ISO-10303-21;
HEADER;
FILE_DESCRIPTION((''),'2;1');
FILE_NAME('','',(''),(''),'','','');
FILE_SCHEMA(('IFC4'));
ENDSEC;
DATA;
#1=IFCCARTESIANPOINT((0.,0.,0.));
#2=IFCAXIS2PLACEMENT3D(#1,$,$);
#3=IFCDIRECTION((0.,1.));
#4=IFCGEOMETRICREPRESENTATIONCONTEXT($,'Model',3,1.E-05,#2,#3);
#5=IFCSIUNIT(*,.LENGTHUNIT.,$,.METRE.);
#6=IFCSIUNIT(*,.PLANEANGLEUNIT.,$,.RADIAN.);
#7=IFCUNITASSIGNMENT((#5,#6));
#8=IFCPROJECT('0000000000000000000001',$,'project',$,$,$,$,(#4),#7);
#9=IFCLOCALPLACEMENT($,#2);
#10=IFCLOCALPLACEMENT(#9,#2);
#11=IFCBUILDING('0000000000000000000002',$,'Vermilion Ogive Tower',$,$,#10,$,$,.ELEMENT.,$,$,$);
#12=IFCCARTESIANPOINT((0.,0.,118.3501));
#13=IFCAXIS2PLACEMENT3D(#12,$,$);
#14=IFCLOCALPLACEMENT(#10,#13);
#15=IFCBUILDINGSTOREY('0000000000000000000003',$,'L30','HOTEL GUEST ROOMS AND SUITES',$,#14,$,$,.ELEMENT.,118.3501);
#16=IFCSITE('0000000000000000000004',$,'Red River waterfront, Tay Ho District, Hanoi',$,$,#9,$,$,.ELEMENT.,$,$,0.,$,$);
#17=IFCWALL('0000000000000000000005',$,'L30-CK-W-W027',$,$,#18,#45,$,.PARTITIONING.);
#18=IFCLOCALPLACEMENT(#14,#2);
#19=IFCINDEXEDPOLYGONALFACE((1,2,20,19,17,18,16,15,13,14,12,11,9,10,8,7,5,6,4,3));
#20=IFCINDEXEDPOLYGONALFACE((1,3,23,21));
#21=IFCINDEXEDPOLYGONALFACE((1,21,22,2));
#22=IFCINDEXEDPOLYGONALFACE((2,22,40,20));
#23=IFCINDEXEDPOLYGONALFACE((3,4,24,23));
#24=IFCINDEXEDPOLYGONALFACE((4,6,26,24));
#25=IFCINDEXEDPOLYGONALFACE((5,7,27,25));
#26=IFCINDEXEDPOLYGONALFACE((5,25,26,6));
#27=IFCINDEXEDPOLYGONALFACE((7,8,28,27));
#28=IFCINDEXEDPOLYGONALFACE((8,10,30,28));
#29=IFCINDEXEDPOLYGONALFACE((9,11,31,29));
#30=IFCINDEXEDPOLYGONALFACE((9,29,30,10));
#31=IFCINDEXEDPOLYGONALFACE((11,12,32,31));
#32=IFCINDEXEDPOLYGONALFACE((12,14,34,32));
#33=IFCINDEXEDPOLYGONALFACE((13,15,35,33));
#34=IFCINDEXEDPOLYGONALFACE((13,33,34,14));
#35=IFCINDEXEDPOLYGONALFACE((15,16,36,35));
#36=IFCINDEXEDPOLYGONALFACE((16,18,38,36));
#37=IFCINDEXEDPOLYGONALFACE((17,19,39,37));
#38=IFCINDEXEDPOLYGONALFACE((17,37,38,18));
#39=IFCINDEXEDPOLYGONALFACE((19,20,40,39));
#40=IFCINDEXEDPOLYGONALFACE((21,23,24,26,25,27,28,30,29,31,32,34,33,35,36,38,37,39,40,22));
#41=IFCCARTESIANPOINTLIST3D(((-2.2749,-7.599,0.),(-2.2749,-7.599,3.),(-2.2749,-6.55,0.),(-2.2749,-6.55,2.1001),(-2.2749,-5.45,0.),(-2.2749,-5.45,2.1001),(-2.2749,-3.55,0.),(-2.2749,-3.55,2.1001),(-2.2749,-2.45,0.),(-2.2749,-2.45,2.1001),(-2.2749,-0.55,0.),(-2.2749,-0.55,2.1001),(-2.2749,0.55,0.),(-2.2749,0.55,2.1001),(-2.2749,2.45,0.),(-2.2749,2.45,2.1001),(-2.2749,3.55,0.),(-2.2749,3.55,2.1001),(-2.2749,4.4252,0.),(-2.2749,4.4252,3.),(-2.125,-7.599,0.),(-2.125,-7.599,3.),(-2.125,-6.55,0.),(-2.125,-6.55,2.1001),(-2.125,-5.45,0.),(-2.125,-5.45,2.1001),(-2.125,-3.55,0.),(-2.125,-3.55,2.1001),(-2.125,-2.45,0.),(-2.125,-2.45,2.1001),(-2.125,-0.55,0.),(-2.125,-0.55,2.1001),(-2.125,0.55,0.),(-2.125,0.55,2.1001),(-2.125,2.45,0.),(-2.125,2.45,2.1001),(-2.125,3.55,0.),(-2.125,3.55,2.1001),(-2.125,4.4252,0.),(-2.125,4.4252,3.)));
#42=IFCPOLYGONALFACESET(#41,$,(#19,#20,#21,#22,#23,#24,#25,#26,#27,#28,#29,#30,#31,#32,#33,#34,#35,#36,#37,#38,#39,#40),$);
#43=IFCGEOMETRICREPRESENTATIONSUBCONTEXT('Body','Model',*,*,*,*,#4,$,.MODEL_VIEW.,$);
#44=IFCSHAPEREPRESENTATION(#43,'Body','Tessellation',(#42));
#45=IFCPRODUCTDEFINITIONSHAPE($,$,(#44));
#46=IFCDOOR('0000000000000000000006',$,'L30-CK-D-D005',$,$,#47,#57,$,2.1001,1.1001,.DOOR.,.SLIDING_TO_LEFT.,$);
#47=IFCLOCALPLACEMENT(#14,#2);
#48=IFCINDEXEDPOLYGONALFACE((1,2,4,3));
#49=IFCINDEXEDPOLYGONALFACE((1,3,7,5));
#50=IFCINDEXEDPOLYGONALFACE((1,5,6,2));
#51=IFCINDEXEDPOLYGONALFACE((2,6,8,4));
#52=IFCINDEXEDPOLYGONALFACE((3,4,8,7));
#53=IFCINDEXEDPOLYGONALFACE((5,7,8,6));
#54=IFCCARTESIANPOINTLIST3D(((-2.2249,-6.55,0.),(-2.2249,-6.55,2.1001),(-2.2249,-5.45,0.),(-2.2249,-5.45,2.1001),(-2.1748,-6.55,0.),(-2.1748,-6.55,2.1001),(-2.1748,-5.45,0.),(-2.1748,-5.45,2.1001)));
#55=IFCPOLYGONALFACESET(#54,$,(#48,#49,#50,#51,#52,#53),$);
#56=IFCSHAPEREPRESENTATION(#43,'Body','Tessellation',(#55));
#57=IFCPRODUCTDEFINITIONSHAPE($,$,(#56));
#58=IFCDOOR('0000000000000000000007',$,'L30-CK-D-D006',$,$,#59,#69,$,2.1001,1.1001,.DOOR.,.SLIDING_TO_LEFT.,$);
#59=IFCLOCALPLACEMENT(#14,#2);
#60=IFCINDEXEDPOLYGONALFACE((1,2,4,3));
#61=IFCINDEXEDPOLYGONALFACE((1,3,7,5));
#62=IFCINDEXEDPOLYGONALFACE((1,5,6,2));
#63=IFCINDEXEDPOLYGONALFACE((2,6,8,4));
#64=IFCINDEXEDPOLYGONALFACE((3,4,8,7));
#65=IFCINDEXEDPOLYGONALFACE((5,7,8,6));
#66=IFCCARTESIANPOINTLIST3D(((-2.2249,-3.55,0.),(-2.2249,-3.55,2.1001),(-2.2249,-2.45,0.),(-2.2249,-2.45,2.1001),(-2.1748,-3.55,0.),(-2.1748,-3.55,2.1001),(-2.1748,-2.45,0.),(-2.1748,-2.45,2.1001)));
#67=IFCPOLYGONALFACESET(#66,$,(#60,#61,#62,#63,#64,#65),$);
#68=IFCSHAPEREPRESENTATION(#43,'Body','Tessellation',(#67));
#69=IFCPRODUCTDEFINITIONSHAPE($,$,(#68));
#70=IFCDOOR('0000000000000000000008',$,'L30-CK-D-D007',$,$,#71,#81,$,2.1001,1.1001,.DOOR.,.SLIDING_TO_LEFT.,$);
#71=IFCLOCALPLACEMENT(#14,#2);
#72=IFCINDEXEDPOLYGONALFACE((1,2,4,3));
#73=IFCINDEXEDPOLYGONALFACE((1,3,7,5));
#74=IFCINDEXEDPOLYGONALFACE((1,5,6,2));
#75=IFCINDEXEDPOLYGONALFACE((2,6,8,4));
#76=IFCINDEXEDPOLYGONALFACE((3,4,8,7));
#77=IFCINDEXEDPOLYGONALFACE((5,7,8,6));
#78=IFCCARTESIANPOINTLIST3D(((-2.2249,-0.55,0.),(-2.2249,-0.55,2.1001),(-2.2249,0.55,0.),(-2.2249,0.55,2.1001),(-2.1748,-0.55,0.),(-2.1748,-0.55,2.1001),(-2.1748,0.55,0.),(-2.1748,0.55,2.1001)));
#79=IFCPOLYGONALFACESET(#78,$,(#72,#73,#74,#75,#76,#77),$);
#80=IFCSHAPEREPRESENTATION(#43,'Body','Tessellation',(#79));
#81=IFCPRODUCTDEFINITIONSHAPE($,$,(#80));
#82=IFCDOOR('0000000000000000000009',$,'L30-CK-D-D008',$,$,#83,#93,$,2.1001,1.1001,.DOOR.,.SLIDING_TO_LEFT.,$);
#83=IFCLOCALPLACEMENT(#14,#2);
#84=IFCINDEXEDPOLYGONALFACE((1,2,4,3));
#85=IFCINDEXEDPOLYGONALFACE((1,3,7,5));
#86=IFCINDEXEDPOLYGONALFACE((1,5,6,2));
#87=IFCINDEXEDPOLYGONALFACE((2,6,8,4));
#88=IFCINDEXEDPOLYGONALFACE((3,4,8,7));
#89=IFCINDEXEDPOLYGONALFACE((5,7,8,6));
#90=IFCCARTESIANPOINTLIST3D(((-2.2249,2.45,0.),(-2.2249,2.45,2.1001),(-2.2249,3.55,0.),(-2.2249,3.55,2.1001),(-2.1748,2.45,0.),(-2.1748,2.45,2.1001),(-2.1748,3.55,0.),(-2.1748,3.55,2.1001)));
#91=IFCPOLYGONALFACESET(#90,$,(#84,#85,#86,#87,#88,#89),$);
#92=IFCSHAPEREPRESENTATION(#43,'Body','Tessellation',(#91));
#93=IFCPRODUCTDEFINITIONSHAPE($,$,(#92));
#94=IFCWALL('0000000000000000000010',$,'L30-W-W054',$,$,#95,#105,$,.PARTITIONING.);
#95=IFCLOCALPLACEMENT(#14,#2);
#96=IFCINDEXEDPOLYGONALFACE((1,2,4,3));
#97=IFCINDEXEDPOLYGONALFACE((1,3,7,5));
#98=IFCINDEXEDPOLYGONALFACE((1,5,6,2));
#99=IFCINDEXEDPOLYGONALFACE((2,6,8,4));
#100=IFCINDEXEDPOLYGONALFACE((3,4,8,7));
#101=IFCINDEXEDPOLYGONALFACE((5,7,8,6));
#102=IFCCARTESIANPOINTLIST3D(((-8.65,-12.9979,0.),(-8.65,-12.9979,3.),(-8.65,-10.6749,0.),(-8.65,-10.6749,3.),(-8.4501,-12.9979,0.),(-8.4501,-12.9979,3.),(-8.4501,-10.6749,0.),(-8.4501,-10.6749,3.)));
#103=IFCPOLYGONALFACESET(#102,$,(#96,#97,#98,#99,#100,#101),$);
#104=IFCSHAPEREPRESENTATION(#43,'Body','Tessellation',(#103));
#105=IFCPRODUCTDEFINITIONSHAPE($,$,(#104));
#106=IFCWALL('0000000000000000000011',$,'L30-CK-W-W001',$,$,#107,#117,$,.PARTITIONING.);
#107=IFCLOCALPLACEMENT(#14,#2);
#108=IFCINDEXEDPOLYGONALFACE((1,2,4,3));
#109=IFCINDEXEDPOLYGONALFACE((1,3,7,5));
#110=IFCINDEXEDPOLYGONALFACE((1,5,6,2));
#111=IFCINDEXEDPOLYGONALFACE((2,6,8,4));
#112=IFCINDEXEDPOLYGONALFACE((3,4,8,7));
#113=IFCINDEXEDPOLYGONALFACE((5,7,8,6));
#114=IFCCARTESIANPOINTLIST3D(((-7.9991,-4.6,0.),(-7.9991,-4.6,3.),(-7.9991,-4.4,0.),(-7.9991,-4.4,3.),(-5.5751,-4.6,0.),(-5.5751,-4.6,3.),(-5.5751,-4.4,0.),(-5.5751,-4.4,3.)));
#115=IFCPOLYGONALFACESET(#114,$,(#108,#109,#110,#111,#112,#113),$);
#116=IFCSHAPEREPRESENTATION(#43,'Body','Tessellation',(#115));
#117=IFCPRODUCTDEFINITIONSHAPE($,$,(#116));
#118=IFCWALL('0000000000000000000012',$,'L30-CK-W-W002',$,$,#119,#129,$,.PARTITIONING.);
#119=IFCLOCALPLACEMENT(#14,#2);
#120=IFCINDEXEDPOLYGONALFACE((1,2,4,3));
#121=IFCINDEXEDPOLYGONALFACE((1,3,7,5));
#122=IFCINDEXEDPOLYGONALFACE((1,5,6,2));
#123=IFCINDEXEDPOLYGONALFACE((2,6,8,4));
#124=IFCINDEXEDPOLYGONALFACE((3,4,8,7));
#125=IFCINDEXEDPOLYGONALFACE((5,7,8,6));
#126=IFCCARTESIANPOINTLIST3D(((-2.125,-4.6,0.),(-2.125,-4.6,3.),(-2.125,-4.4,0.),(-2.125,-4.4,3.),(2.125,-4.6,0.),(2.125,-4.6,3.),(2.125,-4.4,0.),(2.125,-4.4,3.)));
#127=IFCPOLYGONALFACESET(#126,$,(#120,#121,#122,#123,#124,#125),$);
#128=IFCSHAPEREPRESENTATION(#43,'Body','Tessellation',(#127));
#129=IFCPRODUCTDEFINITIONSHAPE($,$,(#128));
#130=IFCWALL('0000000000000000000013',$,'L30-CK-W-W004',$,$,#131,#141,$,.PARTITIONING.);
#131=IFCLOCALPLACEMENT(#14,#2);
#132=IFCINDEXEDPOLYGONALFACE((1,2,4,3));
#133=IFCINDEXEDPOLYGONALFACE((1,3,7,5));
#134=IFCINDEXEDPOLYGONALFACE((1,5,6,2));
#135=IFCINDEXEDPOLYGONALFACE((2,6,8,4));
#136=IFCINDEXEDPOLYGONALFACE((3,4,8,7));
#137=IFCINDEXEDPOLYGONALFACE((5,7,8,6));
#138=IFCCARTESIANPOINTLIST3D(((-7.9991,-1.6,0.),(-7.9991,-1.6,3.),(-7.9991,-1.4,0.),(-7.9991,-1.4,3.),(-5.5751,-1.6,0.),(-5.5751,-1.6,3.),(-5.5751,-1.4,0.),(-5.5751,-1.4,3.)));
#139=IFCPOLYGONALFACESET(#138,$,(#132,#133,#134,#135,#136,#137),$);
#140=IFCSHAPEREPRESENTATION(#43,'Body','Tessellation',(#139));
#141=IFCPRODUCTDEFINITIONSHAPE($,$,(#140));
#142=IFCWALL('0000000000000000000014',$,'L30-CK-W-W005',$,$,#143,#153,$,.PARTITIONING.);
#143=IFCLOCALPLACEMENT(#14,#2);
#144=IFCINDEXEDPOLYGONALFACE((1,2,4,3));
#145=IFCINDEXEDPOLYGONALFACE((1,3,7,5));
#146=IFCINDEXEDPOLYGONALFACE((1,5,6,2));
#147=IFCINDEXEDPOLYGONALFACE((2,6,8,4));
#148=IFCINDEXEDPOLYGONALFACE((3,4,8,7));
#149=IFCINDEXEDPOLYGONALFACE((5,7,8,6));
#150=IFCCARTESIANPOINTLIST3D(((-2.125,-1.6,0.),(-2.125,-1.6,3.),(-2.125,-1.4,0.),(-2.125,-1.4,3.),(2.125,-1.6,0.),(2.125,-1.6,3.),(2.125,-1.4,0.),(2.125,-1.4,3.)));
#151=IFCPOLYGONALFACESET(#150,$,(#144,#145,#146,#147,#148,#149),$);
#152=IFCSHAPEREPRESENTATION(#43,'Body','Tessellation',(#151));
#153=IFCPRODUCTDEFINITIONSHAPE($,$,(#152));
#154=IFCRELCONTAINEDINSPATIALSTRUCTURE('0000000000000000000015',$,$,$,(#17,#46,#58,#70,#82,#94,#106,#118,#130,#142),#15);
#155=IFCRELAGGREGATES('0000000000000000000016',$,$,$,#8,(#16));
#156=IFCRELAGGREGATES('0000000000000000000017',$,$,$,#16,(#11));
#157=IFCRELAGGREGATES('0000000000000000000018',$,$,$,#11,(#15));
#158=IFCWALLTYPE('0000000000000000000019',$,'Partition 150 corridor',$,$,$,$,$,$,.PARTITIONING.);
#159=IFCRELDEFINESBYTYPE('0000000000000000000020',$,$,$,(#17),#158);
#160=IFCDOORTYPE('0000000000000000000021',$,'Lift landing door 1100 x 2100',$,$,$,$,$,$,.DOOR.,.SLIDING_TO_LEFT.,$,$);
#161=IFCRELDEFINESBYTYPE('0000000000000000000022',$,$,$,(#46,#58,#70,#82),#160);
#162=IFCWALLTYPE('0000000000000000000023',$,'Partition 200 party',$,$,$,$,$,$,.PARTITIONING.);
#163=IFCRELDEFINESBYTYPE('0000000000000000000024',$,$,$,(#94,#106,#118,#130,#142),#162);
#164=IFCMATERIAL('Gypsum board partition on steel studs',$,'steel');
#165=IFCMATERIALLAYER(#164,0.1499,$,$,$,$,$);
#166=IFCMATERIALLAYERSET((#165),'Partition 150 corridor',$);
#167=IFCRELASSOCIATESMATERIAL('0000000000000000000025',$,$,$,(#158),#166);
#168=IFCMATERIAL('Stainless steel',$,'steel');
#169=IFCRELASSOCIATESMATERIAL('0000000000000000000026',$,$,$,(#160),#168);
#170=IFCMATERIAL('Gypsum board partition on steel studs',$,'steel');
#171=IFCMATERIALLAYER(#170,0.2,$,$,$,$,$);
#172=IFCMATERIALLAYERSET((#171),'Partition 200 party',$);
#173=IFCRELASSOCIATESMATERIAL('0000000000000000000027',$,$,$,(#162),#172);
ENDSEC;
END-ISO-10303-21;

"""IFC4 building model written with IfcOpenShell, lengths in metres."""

from ifc_helpers import new_model, si_unit, direction, frame, frame_2d, origin, place, context, subcontext, project, spatial, rectangle, extrude, material, layer, layer_set, type_object, element, fill, save


model = new_model("IFC4")

# Units and contexts
model_context = context("Model", 3, precision=1e-05, world=origin(), true_north=direction((0.0, 1.0)))
body_context = subcontext(model_context, "Body", "Model", "MODEL_VIEW")
ifc_project = project(units=[si_unit("LENGTHUNIT", "METRE"), si_unit("PLANEANGLEUNIT", "RADIAN")], contexts=[model_context])

# Site, building, storey
site_placement = place(None, origin())
site = spatial("IfcSite", under=ifc_project, at=site_placement, Name="Red River waterfront, Tay Ho District, Hanoi", CompositionType="ELEMENT", RefElevation=0.0)
building_placement = place(site_placement, origin())
building = spatial("IfcBuilding", under=site, at=building_placement, Name="Vermilion Ogive Tower", CompositionType="ELEMENT")
storey_placement = place(building_placement, frame((0.0, 0.0, 118.3501)))
storey = spatial("IfcBuildingStorey", under=building, at=storey_placement, Name="L30", Description="HOTEL GUEST ROOMS AND SUITES", CompositionType="ELEMENT", Elevation=118.3501)

# Wall, openings, doors
ifc_material_1 = material(Name="Gypsum board partition on steel studs", Category="steel")
ifc_layer_1 = layer(ifc_material_1, 0.1499)
ifc_layer_set_1 = layer_set([ifc_layer_1], Name="Partition 150 corridor")
wall_type_1 = type_object("IfcWallType", Name="Partition 150 corridor", PredefinedType="PARTITIONING", material=ifc_layer_set_1)
ifc_material_2 = material(Name="Stainless steel", Category="steel")
door_type_1 = type_object("IfcDoorType", Name="Lift landing door 1100 x 2100", OperationType="SLIDING_TO_LEFT", PredefinedType="DOOR", material=ifc_material_2)
wall_1_placement = place(storey_placement, frame((-2.2, -7.5991, 0.0), z_axis=(0.0, 0.0, 1.0), x_axis=(0.0, 1.0, 0.0)))
wall_1 = element("IfcWall", 1, at=wall_1_placement, inside=storey, type_object=wall_type_1, Name="L30-CK-W-W027", PredefinedType="PARTITIONING", context=body_context, shape_type="SweptSolid", body=[
    extrude(rectangle(XDim=12.0242, YDim=0.1499, at=frame_2d((6.0122, 0.0))), origin(), (0.0, 0.0, 1.0), 3.0),
])
opening_1_placement = place(wall_1_placement, frame((1.0491, 0.0, 0.0)))
opening_1 = element("IfcOpeningElement", 2, at=opening_1_placement, cuts=wall_1, PredefinedType="OPENING", context=body_context, shape_type="SweptSolid", body=[
    extrude(rectangle(XDim=1.1001, YDim=2.1001, at=frame_2d((0.55, 1.05))), frame((0.0, 0.085, 0.0), z_axis=(0.0, -1.0, 0.0), x_axis=(1.0, 0.0, 0.0)), (0.0, 0.0, 1.0), 0.1699),
])
opening_2_placement = place(wall_1_placement, frame((4.0491, 0.0, 0.0)))
opening_2 = element("IfcOpeningElement", 3, at=opening_2_placement, cuts=wall_1, PredefinedType="OPENING", context=body_context, shape_type="SweptSolid", body=[
    extrude(rectangle(XDim=1.1001, YDim=2.1001, at=frame_2d((0.55, 1.05))), frame((0.0, 0.085, 0.0), z_axis=(0.0, -1.0, 0.0), x_axis=(1.0, 0.0, 0.0)), (0.0, 0.0, 1.0), 0.1699),
])
opening_3_placement = place(wall_1_placement, frame((7.0491, 0.0, 0.0)))
opening_3 = element("IfcOpeningElement", 4, at=opening_3_placement, cuts=wall_1, PredefinedType="OPENING", context=body_context, shape_type="SweptSolid", body=[
    extrude(rectangle(XDim=1.1001, YDim=2.1001, at=frame_2d((0.55, 1.05))), frame((0.0, 0.085, 0.0), z_axis=(0.0, -1.0, 0.0), x_axis=(1.0, 0.0, 0.0)), (0.0, 0.0, 1.0), 0.1699),
])
opening_4_placement = place(wall_1_placement, frame((10.0491, 0.0, 0.0)))
opening_4 = element("IfcOpeningElement", 5, at=opening_4_placement, cuts=wall_1, PredefinedType="OPENING", context=body_context, shape_type="SweptSolid", body=[
    extrude(rectangle(XDim=1.1001, YDim=2.1001, at=frame_2d((0.55, 1.05))), frame((0.0, 0.085, 0.0), z_axis=(0.0, -1.0, 0.0), x_axis=(1.0, 0.0, 0.0)), (0.0, 0.0, 1.0), 0.1699),
])
door_1_placement = place(opening_1_placement, origin())
door_1 = element("IfcDoor", 6, at=door_1_placement, inside=storey, type_object=door_type_1, Name="L30-CK-D-D005", OperationType="SLIDING_TO_LEFT", OverallHeight=2.1001, OverallWidth=1.1001, PredefinedType="DOOR", context=body_context, shape_type="SweptSolid", body=[
    extrude(rectangle(XDim=1.1001, YDim=2.1001, at=frame_2d((0.55, 1.05))), frame((0.0, 0.0249, 0.0), z_axis=(0.0, -1.0, 0.0), x_axis=(1.0, 0.0, 0.0)), (0.0, 0.0, 1.0), 0.05),
])
fill(opening_1, door_1)
door_2_placement = place(opening_2_placement, origin())
door_2 = element("IfcDoor", 7, at=door_2_placement, inside=storey, type_object=door_type_1, Name="L30-CK-D-D006", OperationType="SLIDING_TO_LEFT", OverallHeight=2.1001, OverallWidth=1.1001, PredefinedType="DOOR", context=body_context, shape_type="SweptSolid", body=[
    extrude(rectangle(XDim=1.1001, YDim=2.1001, at=frame_2d((0.55, 1.05))), frame((0.0, 0.0249, 0.0), z_axis=(0.0, -1.0, 0.0), x_axis=(1.0, 0.0, 0.0)), (0.0, 0.0, 1.0), 0.05),
])
fill(opening_2, door_2)
door_3_placement = place(opening_3_placement, origin())
door_3 = element("IfcDoor", 8, at=door_3_placement, inside=storey, type_object=door_type_1, Name="L30-CK-D-D007", OperationType="SLIDING_TO_LEFT", OverallHeight=2.1001, OverallWidth=1.1001, PredefinedType="DOOR", context=body_context, shape_type="SweptSolid", body=[
    extrude(rectangle(XDim=1.1001, YDim=2.1001, at=frame_2d((0.55, 1.05))), frame((0.0, 0.0249, 0.0), z_axis=(0.0, -1.0, 0.0), x_axis=(1.0, 0.0, 0.0)), (0.0, 0.0, 1.0), 0.05),
])
fill(opening_3, door_3)
door_4_placement = place(opening_4_placement, origin())
door_4 = element("IfcDoor", 9, at=door_4_placement, inside=storey, type_object=door_type_1, Name="L30-CK-D-D008", OperationType="SLIDING_TO_LEFT", OverallHeight=2.1001, OverallWidth=1.1001, PredefinedType="DOOR", context=body_context, shape_type="SweptSolid", body=[
    extrude(rectangle(XDim=1.1001, YDim=2.1001, at=frame_2d((0.55, 1.05))), frame((0.0, 0.0249, 0.0), z_axis=(0.0, -1.0, 0.0), x_axis=(1.0, 0.0, 0.0)), (0.0, 0.0, 1.0), 0.05),
])
fill(opening_4, door_4)

# Walls
ifc_material_3 = material(Name="Gypsum board partition on steel studs", Category="steel")
ifc_layer_2 = layer(ifc_material_3, 0.2)
ifc_layer_set_2 = layer_set([ifc_layer_2], Name="Partition 200 party")
wall_type_2 = type_object("IfcWallType", Name="Partition 200 party", PredefinedType="PARTITIONING", material=ifc_layer_set_2)
wall_2_placement = place(storey_placement, frame((-8.55, -12.998, 0.0), z_axis=(0.0, 0.0, 1.0), x_axis=(0.0, 1.0, 0.0)))
element("IfcWall", 10, at=wall_2_placement, inside=storey, type_object=wall_type_2, Name="L30-W-W054", PredefinedType="PARTITIONING", context=body_context, shape_type="SweptSolid", body=[
    extrude(rectangle(XDim=2.323, YDim=0.2, at=frame_2d((1.1616, 0.0))), origin(), (0.0, 0.0, 1.0), 3.0),
])
wall_3_placement = place(storey_placement, frame((-7.999, -4.5, 0.0), z_axis=(0.0, 0.0, 1.0), x_axis=(1.0, 0.0, 0.0)))
element("IfcWall", 11, at=wall_3_placement, inside=storey, type_object=wall_type_2, Name="L30-CK-W-W001", PredefinedType="PARTITIONING", context=body_context, shape_type="SweptSolid", body=[
    extrude(rectangle(XDim=2.4241, YDim=0.2, at=frame_2d((1.2119, 0.0))), origin(), (0.0, 0.0, 1.0), 3.0),
])
wall_4_placement = place(storey_placement, frame((-2.125, -4.5, 0.0), z_axis=(0.0, 0.0, 1.0), x_axis=(1.0, 0.0, 0.0)))
element("IfcWall", 12, at=wall_4_placement, inside=storey, type_object=wall_type_2, Name="L30-CK-W-W002", PredefinedType="PARTITIONING", context=body_context, shape_type="SweptSolid", body=[
    extrude(rectangle(XDim=4.25, YDim=0.2, at=frame_2d((2.125, 0.0))), origin(), (0.0, 0.0, 1.0), 3.0),
])
wall_5_placement = place(storey_placement, frame((-7.999, -1.5, 0.0), z_axis=(0.0, 0.0, 1.0), x_axis=(1.0, 0.0, 0.0)))
element("IfcWall", 13, at=wall_5_placement, inside=storey, type_object=wall_type_2, Name="L30-CK-W-W004", PredefinedType="PARTITIONING", context=body_context, shape_type="SweptSolid", body=[
    extrude(rectangle(XDim=2.4241, YDim=0.2, at=frame_2d((1.2119, 0.0))), origin(), (0.0, 0.0, 1.0), 3.0),
])
wall_6_placement = place(storey_placement, frame((-2.125, -1.5, 0.0), z_axis=(0.0, 0.0, 1.0), x_axis=(1.0, 0.0, 0.0)))
element("IfcWall", 14, at=wall_6_placement, inside=storey, type_object=wall_type_2, Name="L30-CK-W-W005", PredefinedType="PARTITIONING", context=body_context, shape_type="SweptSolid", body=[
    extrude(rectangle(XDim=4.25, YDim=0.2, at=frame_2d((2.125, 0.0))), origin(), (0.0, 0.0, 1.0), 3.0),
])

save(model, "model.ifc")
